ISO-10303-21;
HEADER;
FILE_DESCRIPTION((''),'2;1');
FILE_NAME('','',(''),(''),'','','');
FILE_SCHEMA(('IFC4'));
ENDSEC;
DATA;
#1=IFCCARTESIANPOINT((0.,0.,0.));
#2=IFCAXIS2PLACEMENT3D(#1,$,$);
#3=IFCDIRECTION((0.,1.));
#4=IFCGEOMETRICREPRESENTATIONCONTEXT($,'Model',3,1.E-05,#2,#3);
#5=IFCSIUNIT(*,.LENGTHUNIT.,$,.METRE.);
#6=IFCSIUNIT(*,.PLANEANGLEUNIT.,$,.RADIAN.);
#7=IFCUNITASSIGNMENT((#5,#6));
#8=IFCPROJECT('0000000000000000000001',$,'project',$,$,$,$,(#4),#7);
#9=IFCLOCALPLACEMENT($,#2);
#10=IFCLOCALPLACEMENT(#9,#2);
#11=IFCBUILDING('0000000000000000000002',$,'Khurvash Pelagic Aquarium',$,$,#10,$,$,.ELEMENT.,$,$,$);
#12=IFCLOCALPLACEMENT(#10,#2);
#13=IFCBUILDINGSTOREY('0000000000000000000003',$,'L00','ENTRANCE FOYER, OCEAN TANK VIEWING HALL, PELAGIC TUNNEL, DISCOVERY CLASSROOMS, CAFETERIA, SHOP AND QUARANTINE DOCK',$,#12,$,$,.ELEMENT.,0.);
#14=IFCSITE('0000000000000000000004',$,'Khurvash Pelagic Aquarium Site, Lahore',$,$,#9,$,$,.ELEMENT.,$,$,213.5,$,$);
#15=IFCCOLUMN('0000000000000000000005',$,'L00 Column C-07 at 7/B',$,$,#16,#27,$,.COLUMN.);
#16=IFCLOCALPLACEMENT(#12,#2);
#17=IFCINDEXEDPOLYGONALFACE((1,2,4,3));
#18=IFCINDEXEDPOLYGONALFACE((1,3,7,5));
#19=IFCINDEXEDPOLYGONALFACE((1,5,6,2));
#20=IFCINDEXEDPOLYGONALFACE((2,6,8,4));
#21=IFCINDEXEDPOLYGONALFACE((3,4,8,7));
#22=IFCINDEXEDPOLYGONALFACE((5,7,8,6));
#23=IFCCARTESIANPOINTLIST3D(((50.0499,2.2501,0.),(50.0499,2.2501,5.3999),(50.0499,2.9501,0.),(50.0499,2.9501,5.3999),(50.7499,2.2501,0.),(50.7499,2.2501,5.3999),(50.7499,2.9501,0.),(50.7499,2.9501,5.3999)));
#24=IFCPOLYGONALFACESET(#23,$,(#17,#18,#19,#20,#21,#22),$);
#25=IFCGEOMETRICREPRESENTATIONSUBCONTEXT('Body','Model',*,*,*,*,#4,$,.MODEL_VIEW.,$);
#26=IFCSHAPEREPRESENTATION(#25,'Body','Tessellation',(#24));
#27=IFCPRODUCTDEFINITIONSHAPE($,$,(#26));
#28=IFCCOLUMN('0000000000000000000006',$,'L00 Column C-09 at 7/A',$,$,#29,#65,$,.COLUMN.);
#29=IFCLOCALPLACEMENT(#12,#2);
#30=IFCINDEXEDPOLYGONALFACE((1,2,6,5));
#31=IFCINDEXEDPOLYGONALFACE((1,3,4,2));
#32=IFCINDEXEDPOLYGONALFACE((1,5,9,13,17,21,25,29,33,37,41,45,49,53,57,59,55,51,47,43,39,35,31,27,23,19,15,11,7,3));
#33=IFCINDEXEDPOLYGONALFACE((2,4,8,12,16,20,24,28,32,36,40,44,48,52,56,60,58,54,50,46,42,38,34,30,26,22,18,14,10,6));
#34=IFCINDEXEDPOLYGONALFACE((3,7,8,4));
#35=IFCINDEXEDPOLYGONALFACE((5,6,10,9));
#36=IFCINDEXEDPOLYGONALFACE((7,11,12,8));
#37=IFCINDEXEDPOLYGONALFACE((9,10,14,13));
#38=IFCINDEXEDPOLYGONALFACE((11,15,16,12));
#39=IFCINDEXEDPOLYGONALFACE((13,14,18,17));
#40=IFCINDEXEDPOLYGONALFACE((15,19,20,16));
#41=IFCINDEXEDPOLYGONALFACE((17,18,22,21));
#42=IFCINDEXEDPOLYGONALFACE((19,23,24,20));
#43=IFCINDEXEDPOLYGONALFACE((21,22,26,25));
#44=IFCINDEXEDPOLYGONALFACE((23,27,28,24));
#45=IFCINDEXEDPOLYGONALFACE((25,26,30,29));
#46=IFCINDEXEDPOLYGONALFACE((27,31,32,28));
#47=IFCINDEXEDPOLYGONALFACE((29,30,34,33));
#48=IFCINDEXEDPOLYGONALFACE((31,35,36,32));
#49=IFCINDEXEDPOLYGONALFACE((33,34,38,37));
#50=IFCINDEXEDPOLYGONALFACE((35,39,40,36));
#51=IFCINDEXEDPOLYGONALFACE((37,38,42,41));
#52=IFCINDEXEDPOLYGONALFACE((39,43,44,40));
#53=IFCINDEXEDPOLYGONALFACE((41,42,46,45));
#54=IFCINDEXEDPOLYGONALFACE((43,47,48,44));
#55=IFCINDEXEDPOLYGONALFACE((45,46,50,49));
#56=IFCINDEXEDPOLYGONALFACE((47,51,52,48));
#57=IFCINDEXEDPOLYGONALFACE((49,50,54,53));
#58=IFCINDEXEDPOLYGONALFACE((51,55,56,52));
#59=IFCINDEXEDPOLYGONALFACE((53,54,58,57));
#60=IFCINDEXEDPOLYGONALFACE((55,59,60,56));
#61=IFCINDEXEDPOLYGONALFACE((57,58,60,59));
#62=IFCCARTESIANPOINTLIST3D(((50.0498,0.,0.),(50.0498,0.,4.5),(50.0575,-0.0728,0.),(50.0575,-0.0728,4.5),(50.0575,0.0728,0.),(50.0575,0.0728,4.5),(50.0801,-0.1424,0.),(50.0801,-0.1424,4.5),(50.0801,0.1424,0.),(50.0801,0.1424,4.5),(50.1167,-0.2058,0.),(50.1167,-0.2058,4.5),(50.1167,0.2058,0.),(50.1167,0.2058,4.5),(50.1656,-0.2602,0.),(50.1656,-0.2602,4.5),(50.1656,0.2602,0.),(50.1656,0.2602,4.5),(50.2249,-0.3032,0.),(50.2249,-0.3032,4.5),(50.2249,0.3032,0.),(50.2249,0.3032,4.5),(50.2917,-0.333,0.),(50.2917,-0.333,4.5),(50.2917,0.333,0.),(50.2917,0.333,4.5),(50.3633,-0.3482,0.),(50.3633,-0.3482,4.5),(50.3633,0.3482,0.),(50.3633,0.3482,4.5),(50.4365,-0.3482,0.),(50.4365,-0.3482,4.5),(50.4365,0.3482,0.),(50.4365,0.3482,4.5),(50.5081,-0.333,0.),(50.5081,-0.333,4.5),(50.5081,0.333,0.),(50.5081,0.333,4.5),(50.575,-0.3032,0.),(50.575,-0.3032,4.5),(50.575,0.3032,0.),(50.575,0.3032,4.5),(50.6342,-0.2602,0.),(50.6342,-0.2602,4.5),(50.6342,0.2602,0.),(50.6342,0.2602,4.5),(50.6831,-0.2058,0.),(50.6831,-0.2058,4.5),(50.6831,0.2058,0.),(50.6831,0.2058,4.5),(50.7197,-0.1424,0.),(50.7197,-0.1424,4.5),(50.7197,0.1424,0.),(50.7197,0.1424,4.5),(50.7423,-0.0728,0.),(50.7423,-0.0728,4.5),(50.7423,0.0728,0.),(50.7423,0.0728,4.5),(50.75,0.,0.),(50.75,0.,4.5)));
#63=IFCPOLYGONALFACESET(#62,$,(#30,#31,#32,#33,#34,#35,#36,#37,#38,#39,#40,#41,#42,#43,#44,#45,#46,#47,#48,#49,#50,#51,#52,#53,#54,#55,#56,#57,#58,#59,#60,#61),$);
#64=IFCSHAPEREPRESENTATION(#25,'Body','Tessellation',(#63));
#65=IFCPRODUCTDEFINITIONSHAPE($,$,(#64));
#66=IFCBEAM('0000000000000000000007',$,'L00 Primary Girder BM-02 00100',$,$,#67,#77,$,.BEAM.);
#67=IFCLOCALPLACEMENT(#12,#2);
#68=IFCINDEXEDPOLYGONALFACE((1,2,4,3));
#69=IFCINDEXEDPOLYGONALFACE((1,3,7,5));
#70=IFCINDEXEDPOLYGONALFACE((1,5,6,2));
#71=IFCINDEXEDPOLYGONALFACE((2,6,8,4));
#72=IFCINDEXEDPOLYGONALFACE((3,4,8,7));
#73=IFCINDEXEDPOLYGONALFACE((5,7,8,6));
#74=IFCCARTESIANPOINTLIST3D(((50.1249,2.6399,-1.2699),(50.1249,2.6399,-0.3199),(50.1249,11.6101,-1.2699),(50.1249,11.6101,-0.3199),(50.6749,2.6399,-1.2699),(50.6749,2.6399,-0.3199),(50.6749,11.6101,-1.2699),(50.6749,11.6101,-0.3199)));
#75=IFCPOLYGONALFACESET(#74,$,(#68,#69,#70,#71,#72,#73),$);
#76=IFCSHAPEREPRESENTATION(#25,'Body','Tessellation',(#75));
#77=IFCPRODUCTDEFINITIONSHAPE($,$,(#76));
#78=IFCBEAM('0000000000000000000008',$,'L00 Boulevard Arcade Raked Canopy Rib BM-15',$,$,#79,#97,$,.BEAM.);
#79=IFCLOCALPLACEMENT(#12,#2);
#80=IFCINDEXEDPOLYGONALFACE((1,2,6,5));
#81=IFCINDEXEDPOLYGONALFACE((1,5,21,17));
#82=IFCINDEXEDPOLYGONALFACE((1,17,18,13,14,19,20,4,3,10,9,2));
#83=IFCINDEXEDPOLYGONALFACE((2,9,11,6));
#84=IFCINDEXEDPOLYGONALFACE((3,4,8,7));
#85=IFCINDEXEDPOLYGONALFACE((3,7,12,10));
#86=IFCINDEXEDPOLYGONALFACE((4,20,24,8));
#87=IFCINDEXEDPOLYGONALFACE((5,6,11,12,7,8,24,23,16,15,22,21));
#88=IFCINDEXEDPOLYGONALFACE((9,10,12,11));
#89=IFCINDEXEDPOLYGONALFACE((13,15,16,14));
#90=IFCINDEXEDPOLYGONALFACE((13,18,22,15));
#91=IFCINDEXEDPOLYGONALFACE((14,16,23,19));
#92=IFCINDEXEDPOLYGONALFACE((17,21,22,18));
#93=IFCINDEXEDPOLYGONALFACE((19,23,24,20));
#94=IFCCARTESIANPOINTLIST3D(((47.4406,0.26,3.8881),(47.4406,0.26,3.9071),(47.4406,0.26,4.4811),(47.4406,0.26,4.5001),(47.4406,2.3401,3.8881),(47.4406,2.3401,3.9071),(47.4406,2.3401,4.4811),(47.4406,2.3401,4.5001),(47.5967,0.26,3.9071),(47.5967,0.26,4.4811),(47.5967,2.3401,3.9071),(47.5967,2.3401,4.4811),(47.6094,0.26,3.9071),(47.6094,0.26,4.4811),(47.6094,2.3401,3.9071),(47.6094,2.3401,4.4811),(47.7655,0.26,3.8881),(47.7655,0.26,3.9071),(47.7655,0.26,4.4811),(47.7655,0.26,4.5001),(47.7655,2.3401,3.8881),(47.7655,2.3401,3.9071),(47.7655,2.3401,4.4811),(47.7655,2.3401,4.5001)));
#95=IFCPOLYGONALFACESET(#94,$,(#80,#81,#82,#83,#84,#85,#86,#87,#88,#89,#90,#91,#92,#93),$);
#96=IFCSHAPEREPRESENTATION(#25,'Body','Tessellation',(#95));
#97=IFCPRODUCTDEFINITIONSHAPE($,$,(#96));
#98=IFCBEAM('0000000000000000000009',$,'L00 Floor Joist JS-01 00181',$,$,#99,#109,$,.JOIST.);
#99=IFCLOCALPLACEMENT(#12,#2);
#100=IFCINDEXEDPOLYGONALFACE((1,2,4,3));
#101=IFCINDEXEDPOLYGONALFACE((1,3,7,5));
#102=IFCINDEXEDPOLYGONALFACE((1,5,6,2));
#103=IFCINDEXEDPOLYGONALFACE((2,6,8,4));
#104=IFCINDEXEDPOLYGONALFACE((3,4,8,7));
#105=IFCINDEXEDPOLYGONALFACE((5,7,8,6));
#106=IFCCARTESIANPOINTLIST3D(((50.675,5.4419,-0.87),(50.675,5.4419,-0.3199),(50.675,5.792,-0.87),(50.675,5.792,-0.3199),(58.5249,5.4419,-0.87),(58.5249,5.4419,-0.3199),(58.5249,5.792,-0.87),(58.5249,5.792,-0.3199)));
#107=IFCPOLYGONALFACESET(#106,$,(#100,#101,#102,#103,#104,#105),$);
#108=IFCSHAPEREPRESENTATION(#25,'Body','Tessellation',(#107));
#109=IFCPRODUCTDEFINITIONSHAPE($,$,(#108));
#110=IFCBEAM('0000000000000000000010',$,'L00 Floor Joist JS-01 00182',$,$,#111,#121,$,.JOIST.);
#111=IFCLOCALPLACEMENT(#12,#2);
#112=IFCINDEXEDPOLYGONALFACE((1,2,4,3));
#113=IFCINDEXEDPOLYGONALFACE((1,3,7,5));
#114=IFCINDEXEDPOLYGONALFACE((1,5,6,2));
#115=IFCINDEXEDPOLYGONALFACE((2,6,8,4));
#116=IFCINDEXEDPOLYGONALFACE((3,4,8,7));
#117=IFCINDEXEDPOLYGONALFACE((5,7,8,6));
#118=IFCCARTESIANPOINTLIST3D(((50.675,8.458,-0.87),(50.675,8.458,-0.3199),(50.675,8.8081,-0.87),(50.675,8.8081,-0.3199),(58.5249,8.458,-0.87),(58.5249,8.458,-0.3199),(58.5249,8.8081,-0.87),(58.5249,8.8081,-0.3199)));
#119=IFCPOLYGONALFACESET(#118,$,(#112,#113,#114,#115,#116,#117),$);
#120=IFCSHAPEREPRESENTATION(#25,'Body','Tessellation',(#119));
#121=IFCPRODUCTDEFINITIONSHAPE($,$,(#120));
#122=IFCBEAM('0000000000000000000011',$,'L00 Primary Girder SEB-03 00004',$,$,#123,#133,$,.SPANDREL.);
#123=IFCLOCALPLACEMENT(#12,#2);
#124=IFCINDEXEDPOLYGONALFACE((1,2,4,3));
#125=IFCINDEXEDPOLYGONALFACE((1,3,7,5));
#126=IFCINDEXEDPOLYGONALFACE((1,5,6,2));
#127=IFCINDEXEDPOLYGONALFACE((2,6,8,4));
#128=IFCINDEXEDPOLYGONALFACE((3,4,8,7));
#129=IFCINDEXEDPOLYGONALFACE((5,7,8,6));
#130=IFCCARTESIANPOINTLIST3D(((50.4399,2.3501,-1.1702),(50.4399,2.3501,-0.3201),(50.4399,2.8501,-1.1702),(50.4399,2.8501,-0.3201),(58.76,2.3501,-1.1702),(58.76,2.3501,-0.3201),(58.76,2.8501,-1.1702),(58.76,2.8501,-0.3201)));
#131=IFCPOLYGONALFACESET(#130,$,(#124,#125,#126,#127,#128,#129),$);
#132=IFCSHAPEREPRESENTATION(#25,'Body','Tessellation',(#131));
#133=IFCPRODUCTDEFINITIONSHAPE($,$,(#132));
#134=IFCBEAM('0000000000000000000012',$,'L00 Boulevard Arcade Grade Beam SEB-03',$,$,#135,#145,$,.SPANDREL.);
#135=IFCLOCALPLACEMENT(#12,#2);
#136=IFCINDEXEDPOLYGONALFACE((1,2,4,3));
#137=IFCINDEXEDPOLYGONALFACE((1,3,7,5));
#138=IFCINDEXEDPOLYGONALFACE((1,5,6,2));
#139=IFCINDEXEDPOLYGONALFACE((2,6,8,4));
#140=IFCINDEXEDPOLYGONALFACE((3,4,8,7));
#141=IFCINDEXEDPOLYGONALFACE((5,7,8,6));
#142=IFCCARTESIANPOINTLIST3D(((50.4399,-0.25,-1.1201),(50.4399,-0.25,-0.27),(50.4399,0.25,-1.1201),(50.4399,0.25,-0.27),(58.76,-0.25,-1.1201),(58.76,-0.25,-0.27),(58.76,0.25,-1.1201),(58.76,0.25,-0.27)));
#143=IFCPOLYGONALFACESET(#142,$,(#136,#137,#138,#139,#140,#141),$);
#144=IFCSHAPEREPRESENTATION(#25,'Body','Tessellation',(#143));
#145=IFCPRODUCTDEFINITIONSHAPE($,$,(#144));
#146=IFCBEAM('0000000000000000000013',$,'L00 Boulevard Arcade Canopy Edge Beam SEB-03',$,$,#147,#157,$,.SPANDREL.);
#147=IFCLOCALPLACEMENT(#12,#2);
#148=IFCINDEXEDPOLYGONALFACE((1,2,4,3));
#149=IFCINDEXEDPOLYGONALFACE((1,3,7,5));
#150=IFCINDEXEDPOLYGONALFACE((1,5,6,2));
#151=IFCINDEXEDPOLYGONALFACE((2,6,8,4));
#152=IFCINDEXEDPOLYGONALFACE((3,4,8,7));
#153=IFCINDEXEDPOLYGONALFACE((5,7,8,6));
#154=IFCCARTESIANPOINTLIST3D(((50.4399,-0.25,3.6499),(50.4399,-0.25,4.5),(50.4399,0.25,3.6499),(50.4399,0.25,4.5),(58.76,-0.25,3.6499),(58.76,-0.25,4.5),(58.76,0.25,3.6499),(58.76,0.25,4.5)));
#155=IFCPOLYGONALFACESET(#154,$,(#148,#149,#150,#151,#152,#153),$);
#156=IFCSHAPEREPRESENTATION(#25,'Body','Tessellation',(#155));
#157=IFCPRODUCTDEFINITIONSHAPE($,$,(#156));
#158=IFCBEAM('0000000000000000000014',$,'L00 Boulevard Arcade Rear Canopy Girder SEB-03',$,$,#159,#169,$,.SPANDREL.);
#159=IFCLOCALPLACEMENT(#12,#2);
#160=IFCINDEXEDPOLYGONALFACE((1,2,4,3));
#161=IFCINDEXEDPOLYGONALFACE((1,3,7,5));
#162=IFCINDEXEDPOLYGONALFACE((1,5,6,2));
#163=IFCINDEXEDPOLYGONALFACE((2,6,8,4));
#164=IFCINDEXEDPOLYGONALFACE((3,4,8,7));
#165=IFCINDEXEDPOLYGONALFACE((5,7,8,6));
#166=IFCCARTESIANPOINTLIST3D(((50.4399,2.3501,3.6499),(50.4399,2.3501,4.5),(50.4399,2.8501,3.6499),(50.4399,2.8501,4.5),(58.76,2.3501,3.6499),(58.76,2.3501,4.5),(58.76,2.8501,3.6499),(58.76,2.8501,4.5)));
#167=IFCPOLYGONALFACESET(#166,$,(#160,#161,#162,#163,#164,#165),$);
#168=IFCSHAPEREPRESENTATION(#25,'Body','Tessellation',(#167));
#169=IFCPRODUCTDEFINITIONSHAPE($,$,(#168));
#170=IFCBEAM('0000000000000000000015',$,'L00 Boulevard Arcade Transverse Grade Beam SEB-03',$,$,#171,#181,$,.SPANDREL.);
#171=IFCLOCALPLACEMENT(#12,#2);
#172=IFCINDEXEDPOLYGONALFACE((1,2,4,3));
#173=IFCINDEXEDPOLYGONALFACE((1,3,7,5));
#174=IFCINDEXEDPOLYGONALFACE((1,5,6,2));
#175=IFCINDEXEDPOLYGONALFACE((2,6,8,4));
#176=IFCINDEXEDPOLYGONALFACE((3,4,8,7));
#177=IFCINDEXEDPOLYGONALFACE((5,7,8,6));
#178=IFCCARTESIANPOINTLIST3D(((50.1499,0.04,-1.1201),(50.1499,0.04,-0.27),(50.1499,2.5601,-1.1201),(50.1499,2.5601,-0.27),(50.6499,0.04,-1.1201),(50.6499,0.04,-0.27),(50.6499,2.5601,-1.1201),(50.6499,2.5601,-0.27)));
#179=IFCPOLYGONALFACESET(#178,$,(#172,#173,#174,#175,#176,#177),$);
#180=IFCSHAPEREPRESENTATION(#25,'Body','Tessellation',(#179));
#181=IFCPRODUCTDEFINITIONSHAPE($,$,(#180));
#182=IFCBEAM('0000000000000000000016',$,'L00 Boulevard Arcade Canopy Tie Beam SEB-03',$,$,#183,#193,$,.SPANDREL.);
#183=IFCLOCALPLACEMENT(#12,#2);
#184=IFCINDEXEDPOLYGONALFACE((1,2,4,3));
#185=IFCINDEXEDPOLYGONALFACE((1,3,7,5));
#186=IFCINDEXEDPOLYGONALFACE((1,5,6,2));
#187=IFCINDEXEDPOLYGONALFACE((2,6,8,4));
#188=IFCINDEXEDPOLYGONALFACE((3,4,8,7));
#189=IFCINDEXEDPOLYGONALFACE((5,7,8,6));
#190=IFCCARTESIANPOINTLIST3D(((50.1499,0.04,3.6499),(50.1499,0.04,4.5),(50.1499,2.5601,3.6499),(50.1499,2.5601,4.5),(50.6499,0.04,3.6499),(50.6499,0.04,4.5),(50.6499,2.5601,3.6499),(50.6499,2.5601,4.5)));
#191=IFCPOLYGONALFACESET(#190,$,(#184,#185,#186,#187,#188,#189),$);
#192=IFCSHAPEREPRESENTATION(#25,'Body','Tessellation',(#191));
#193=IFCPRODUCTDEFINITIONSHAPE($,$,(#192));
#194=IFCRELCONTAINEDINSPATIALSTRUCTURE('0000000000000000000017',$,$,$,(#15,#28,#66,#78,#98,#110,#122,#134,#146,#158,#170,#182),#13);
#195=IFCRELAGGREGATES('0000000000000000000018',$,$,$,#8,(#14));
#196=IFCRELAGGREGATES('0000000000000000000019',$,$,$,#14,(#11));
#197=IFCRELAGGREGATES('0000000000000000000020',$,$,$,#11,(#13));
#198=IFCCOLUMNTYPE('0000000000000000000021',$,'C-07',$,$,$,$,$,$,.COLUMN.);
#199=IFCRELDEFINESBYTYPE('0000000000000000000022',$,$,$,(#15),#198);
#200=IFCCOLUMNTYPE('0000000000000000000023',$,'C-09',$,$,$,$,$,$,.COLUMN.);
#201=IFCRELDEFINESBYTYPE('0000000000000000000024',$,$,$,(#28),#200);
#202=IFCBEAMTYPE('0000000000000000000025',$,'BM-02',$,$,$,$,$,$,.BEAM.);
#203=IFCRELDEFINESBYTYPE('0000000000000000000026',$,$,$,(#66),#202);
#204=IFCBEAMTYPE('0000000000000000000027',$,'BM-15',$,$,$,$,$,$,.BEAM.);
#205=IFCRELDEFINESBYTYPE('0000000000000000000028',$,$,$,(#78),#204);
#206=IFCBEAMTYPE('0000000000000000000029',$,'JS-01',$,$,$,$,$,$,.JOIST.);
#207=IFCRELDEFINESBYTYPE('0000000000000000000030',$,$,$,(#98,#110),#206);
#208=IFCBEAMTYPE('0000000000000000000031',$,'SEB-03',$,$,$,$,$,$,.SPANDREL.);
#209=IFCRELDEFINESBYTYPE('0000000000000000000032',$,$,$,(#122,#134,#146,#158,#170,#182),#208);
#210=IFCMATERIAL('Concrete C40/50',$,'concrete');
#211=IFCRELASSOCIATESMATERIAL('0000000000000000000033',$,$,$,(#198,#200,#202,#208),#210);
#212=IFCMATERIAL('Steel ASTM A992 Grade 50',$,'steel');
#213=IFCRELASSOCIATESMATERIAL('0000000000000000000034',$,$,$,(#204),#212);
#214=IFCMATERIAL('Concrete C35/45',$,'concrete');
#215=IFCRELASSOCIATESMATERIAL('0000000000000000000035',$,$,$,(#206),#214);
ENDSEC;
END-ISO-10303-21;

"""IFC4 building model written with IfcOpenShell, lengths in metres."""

from ifc_helpers import new_model, si_unit, direction, frame, origin, origin_2d, place, context, subcontext, project, spatial, rectangle, circle, i_section, extrude, material, material_profile, profile_set, type_object, element, save


model = new_model("IFC4")

# Units and contexts
model_context = context("Model", 3, precision=1e-05, world=origin(), true_north=direction((0.0, 1.0)))
body_context = subcontext(model_context, "Body", "Model", "MODEL_VIEW")
ifc_project = project(units=[si_unit("LENGTHUNIT", "METRE"), si_unit("PLANEANGLEUNIT", "RADIAN")], contexts=[model_context])

# Site, building, storey
site_placement = place(None, origin())
site = spatial("IfcSite", under=ifc_project, at=site_placement, Name="Khurvash Pelagic Aquarium Site, Lahore", CompositionType="ELEMENT", RefElevation=213.5)
building_placement = place(site_placement, origin())
building = spatial("IfcBuilding", under=site, at=building_placement, Name="Khurvash Pelagic Aquarium", CompositionType="ELEMENT")
storey_placement = place(building_placement, origin())
storey = spatial("IfcBuildingStorey", under=building, at=storey_placement, Name="L00", Description="ENTRANCE FOYER, OCEAN TANK VIEWING HALL, PELAGIC TUNNEL, DISCOVERY CLASSROOMS, CAFETERIA, SHOP AND QUARANTINE DOCK", CompositionType="ELEMENT", Elevation=0.0)

# Columns
ifc_material_1 = material(Name="Concrete C40/50", Category="concrete")
ifc_material_profile_1 = material_profile(ifc_material_1, rectangle(XDim=0.7, YDim=0.7, at=origin_2d()), Name="RC700X700")
ifc_profile_set_1 = profile_set([ifc_material_profile_1], Name="Concrete C40/50")
column_type_1 = type_object("IfcColumnType", Name="C-07", PredefinedType="COLUMN", material=ifc_profile_set_1)
column_1_placement = place(storey_placement, frame((50.3999, 2.6001, 0.0), z_axis=(0.0, 0.0, 1.0), x_axis=(1.0, 0.0, 0.0)))
element("IfcColumn", 1, at=column_1_placement, inside=storey, type_object=column_type_1, Name="L00 Column C-07 at 7/B", PredefinedType="COLUMN", context=body_context, shape_type="SweptSolid", body=[
    extrude(rectangle(XDim=0.7, YDim=0.7, at=origin_2d()), origin(), (0.0, 0.0, 1.0), 5.3999),
])
ifc_material_profile_2 = material_profile(ifc_material_1, circle(Radius=0.3501, at=origin_2d()), Name="RC700D")
ifc_profile_set_2 = profile_set([ifc_material_profile_2], Name="Concrete C40/50")
column_type_2 = type_object("IfcColumnType", Name="C-09", PredefinedType="COLUMN", material=ifc_profile_set_2)
column_2_placement = place(storey_placement, frame((50.3999, 0.0, 0.0), z_axis=(0.0, 0.0, 1.0), x_axis=(1.0, 0.0, 0.0)))
element("IfcColumn", 2, at=column_2_placement, inside=storey, type_object=column_type_2, Name="L00 Column C-09 at 7/A", PredefinedType="COLUMN", context=body_context, shape_type="SweptSolid", body=[
    extrude(circle(Radius=0.3501, at=origin_2d()), origin(), (0.0, 0.0, 1.0), 4.5),
])

# Beams
ifc_material_profile_3 = material_profile(ifc_material_1, rectangle(XDim=0.55, YDim=0.95, at=origin_2d()), Name="RC550X950")
ifc_profile_set_3 = profile_set([ifc_material_profile_3], Name="Concrete C40/50")
beam_type_1 = type_object("IfcBeamType", Name="BM-02", PredefinedType="BEAM", material=ifc_profile_set_3)
beam_1_placement = place(storey_placement, frame((50.3999, 2.6399, -0.7949), z_axis=(0.0, 1.0, 0.0), x_axis=(-1.0, 0.0, 0.0)))
element("IfcBeam", 3, at=beam_1_placement, inside=storey, type_object=beam_type_1, Name="L00 Primary Girder BM-02 00100", PredefinedType="BEAM", context=body_context, shape_type="SweptSolid", body=[
    extrude(rectangle(XDim=0.55, YDim=0.95, at=origin_2d()), origin(), (0.0, 0.0, 1.0), 8.9702),
])
ifc_material_2 = material(Name="Steel ASTM A992 Grade 50", Category="steel")
ifc_material_profile_4 = material_profile(ifc_material_2, i_section(OverallWidth=0.325, OverallDepth=0.6121, WebThickness=0.0127, FlangeThickness=0.019, at=origin_2d()), Name="W24X104")
ifc_profile_set_4 = profile_set([ifc_material_profile_4], Name="Steel ASTM A992 Grade 50")
beam_type_2 = type_object("IfcBeamType", Name="BM-15", PredefinedType="BEAM", material=ifc_profile_set_4)
beam_2_placement = place(storey_placement, frame((47.603, 2.3401, 4.1941), z_axis=(0.0, -1.0, 0.0), x_axis=(1.0, 0.0, 0.0)))
element("IfcBeam", 4, at=beam_2_placement, inside=storey, type_object=beam_type_2, Name="L00 Boulevard Arcade Raked Canopy Rib BM-15", PredefinedType="BEAM", context=body_context, shape_type="SweptSolid", body=[
    extrude(i_section(OverallWidth=0.325, OverallDepth=0.6121, WebThickness=0.0127, FlangeThickness=0.019, at=origin_2d()), origin(), (0.0, 0.0, 1.0), 2.0801),
])
ifc_material_3 = material(Name="Concrete C35/45", Category="concrete")
ifc_material_profile_5 = material_profile(ifc_material_3, rectangle(XDim=0.3501, YDim=0.55, at=origin_2d()), Name="RC350X550")
ifc_profile_set_5 = profile_set([ifc_material_profile_5], Name="Concrete C35/45")
beam_type_3 = type_object("IfcBeamType", Name="JS-01", PredefinedType="JOIST", material=ifc_profile_set_5)
for number, where, z_axis, x_axis, name in (
    (5, (50.675, 5.6169, -0.595), (1.0, 0.0, 0.0), (0.0, 1.0, 0.0), "L00 Floor Joist JS-01 00181"),
    (6, (50.675, 8.6331, -0.595), (1.0, 0.0, 0.0), (0.0, 1.0, 0.0), "L00 Floor Joist JS-01 00182"),
):
    element("IfcBeam", number, at=place(storey_placement, frame(where, z_axis=z_axis, x_axis=x_axis)), inside=storey, type_object=beam_type_3, Name=name, PredefinedType="JOIST", context=body_context, shape_type="SweptSolid", body=[
        extrude(rectangle(XDim=0.3501, YDim=0.55, at=origin_2d()), origin(), (0.0, 0.0, 1.0), 7.8499),
    ])
ifc_material_profile_6 = material_profile(ifc_material_1, rectangle(XDim=0.5, YDim=0.8501, at=origin_2d()), Name="RC500X850")
ifc_profile_set_6 = profile_set([ifc_material_profile_6], Name="Concrete C40/50")
beam_type_4 = type_object("IfcBeamType", Name="SEB-03", PredefinedType="SPANDREL", material=ifc_profile_set_6)
for number, where, z_axis, x_axis, name in (
    (7, (50.4399, 2.6001, -0.7451), (1.0, 0.0, 0.0), (0.0, 1.0, 0.0), "L00 Primary Girder SEB-03 00004"),
    (8, (50.4399, 0.0, -0.6951), (1.0, 0.0, 0.0), (0.0, 1.0, 0.0), "L00 Boulevard Arcade Grade Beam SEB-03"),
    (9, (50.4399, 0.0, 4.075), (1.0, 0.0, 0.0), (0.0, 1.0, 0.0), "L00 Boulevard Arcade Canopy Edge Beam SEB-03"),
    (10, (50.4399, 2.6001, 4.075), (1.0, 0.0, 0.0), (0.0, 1.0, 0.0), "L00 Boulevard Arcade Rear Canopy Girder SEB-03"),
):
    element("IfcBeam", number, at=place(storey_placement, frame(where, z_axis=z_axis, x_axis=x_axis)), inside=storey, type_object=beam_type_4, Name=name, PredefinedType="SPANDREL", context=body_context, shape_type="SweptSolid", body=[
        extrude(rectangle(XDim=0.5, YDim=0.8501, at=origin_2d()), origin(), (0.0, 0.0, 1.0), 8.3201),
    ])
for number, where, z_axis, x_axis, name in (
    (11, (50.3999, 0.04, -0.6951), (0.0, 1.0, 0.0), (-1.0, 0.0, 0.0), "L00 Boulevard Arcade Transverse Grade Beam SEB-03"),
    (12, (50.3999, 0.04, 4.075), (0.0, 1.0, 0.0), (-1.0, 0.0, 0.0), "L00 Boulevard Arcade Canopy Tie Beam SEB-03"),
):
    element("IfcBeam", number, at=place(storey_placement, frame(where, z_axis=z_axis, x_axis=x_axis)), inside=storey, type_object=beam_type_4, Name=name, PredefinedType="SPANDREL", context=body_context, shape_type="SweptSolid", body=[
        extrude(rectangle(XDim=0.5, YDim=0.8501, at=origin_2d()), origin(), (0.0, 0.0, 1.0), 2.52),
    ])

save(model, "model.ifc")
